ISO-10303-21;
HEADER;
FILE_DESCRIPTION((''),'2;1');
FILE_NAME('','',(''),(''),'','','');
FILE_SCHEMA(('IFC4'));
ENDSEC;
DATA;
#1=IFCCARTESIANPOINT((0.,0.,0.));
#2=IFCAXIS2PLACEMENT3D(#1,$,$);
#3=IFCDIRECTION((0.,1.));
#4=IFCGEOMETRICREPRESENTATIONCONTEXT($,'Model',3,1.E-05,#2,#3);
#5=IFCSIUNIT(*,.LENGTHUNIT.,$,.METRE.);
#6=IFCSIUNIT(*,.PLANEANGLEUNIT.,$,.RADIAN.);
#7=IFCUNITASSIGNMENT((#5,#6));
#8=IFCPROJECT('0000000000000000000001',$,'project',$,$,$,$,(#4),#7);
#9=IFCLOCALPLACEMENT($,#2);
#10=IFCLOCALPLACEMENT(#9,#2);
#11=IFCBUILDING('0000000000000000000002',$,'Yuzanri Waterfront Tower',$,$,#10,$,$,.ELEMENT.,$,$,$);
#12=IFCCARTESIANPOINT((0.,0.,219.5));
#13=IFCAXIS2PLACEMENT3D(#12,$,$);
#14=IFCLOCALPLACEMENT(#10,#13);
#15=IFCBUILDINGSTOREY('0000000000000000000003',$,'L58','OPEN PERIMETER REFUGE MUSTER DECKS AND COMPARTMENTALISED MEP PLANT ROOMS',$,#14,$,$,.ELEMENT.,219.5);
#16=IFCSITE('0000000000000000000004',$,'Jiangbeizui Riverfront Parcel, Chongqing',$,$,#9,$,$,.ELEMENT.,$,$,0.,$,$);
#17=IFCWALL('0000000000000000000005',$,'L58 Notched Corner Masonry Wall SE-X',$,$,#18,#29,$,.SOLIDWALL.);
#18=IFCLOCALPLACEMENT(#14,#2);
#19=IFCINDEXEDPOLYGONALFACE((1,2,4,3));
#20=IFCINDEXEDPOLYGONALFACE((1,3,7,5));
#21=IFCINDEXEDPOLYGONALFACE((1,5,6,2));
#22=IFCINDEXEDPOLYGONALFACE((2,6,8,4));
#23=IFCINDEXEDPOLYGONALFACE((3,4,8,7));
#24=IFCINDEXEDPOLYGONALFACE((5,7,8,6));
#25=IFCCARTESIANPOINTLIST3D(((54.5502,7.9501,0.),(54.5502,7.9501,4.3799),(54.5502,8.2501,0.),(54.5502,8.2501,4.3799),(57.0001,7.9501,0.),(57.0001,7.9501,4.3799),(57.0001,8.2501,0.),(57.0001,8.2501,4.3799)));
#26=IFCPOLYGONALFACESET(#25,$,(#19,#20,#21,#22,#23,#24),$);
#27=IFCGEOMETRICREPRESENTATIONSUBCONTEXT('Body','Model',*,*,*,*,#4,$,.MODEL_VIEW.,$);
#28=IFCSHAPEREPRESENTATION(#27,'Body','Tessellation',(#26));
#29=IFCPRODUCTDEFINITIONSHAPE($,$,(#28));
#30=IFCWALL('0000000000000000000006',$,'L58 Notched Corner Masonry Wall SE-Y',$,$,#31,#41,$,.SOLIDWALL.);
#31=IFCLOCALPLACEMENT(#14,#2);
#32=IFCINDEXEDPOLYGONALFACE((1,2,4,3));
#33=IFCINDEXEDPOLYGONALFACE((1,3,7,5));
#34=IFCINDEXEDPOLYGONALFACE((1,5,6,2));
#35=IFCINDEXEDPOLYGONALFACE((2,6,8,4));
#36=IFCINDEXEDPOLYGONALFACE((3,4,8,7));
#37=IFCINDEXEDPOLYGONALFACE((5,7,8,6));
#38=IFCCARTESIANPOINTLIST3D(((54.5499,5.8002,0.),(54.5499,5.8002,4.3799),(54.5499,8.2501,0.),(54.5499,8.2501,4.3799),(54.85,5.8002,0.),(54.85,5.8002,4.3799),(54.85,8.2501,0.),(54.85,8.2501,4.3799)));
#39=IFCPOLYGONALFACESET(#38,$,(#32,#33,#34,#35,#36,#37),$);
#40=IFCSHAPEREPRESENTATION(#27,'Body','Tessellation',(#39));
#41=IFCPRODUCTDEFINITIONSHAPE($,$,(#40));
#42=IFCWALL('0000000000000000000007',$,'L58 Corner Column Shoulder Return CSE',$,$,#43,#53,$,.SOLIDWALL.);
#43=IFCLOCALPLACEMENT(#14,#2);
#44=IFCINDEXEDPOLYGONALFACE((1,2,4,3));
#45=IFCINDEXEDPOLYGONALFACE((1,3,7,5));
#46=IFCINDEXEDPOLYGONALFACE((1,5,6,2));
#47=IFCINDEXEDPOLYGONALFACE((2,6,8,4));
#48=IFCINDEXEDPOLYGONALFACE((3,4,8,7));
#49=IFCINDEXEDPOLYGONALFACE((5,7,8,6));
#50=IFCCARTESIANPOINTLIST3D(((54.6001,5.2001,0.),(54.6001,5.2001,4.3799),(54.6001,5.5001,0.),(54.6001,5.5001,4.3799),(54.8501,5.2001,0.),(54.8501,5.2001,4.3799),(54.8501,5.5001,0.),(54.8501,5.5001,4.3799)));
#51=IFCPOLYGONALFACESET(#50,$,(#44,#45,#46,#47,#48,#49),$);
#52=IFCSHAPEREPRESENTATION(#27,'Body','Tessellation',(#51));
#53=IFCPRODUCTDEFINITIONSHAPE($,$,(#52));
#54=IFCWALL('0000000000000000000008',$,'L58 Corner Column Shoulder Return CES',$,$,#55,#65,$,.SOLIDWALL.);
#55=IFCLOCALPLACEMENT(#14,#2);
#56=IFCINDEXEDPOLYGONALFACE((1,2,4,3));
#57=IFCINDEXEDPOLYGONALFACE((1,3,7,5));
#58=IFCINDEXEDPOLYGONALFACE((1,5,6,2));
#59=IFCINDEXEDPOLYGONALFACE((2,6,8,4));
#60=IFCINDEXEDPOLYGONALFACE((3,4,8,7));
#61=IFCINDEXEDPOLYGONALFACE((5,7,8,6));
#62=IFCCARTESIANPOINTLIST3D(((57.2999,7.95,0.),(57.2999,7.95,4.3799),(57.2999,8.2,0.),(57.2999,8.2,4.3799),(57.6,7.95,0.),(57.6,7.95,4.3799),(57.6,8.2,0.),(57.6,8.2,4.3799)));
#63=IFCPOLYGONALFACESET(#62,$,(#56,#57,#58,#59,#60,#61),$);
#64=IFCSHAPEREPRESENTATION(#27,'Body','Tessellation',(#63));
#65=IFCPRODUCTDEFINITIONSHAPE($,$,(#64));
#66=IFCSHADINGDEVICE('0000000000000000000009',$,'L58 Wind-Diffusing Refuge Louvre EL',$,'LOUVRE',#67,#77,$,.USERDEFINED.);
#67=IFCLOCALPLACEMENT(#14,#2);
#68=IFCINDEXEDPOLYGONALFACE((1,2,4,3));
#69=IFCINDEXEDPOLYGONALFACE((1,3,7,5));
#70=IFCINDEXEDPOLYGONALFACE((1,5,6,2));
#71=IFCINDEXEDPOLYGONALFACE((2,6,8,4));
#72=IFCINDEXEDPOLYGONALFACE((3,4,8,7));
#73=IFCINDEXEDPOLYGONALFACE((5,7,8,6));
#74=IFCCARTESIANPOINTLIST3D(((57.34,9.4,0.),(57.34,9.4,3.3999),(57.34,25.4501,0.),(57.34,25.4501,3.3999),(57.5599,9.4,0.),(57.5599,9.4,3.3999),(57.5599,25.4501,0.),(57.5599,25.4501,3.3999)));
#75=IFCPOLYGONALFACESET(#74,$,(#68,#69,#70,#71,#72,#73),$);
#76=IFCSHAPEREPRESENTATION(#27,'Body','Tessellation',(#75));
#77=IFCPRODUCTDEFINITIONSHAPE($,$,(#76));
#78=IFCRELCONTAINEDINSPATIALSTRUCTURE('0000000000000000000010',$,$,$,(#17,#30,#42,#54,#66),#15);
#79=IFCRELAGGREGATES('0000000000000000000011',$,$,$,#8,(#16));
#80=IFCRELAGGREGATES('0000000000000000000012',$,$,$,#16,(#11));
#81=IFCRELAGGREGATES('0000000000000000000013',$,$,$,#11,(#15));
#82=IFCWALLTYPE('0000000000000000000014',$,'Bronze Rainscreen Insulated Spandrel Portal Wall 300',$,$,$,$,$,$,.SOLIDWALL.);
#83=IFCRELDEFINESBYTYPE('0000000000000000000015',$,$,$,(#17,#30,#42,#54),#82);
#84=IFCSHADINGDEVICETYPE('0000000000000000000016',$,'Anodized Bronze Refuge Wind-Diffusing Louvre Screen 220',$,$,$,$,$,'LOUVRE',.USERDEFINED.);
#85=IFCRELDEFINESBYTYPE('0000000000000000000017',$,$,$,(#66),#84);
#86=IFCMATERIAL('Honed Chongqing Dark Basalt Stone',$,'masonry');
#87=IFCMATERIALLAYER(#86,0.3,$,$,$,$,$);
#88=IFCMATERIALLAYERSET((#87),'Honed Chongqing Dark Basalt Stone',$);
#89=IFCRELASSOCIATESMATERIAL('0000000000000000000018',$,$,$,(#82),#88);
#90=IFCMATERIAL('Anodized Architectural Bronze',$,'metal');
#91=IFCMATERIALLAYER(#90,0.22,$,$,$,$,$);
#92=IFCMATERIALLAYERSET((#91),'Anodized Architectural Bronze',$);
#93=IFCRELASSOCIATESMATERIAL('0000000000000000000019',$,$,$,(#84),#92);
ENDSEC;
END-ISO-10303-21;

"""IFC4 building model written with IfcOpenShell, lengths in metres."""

from ifc_helpers import new_model, si_unit, direction, frame, frame_2d, origin, origin_2d, place, context, subcontext, project, spatial, rectangle, extrude, source, transform, mapped, material, layer, layer_set, type_object, element, save


model = new_model("IFC4")

# Units and contexts
model_context = context("Model", 3, precision=1e-05, world=origin(), true_north=direction((0.0, 1.0)))
body_context = subcontext(model_context, "Body", "Model", "MODEL_VIEW")
ifc_project = project(units=[si_unit("LENGTHUNIT", "METRE"), si_unit("PLANEANGLEUNIT", "RADIAN")], contexts=[model_context])

# Site, building, storey
site_placement = place(None, origin())
site = spatial("IfcSite", under=ifc_project, at=site_placement, Name="Jiangbeizui Riverfront Parcel, Chongqing", CompositionType="ELEMENT", RefElevation=0.0)
building_placement = place(site_placement, origin())
building = spatial("IfcBuilding", under=site, at=building_placement, Name="Yuzanri Waterfront Tower", CompositionType="ELEMENT")
storey_placement = place(building_placement, frame((0.0, 0.0, 219.5)))
storey = spatial("IfcBuildingStorey", under=building, at=storey_placement, Name="L58", Description="OPEN PERIMETER REFUGE MUSTER DECKS AND COMPARTMENTALISED MEP PLANT ROOMS", CompositionType="ELEMENT", Elevation=219.5)

# Walls
ifc_material_1 = material(Name="Honed Chongqing Dark Basalt Stone", Category="masonry")
ifc_layer_1 = layer(ifc_material_1, 0.3)
ifc_layer_set_1 = layer_set([ifc_layer_1], Name="Honed Chongqing Dark Basalt Stone")
wall_type_1 = type_object("IfcWallType", Name="Bronze Rainscreen Insulated Spandrel Portal Wall 300", PredefinedType="SOLIDWALL", material=ifc_layer_set_1)
shared_shape_1 = source(origin(), body_context, "Body", "SweptSolid", [
    extrude(rectangle(XDim=2.45, YDim=0.3, at=frame_2d((1.2251, 0.0))), origin(), (0.0, 0.0, 1.0), 4.3799),
])
for number, where, z_axis, x_axis, name in (
    (1, (54.55, 8.1001, 0.0), (0.0, 0.0, 1.0), (1.0, 0.0, 0.0), "L58 Notched Corner Masonry Wall SE-X"),
    (2, (54.7, 5.8, 0.0), (0.0, 0.0, 1.0), (0.0, 1.0, 0.0), "L58 Notched Corner Masonry Wall SE-Y"),
):
    element("IfcWall", number, at=place(storey_placement, frame(where, z_axis=z_axis, x_axis=x_axis)), inside=storey, type_object=wall_type_1, Name=name, PredefinedType="SOLIDWALL", context=body_context, shape_type="MappedRepresentation", body=[
        mapped(shared_shape_1, transform((0.0, 0.0, 0.0), scale=1.0)),
    ])
shared_shape_2 = source(origin(), body_context, "Body", "SweptSolid", [
    extrude(rectangle(XDim=0.25, YDim=0.3, at=frame_2d((0.125, 0.0))), origin(), (0.0, 0.0, 1.0), 4.3799),
])
for number, where, z_axis, x_axis, name in (
    (3, (54.6001, 5.3501, 0.0), (0.0, 0.0, 1.0), (1.0, 0.0, 0.0), "L58 Corner Column Shoulder Return CSE"),
    (4, (57.45, 7.95, 0.0), (0.0, 0.0, 1.0), (0.0, 1.0, 0.0), "L58 Corner Column Shoulder Return CES"),
):
    element("IfcWall", number, at=place(storey_placement, frame(where, z_axis=z_axis, x_axis=x_axis)), inside=storey, type_object=wall_type_1, Name=name, PredefinedType="SOLIDWALL", context=body_context, shape_type="MappedRepresentation", body=[
        mapped(shared_shape_2, transform((0.0, 0.0, 0.0), scale=1.0)),
    ])

# Shading device
ifc_material_2 = material(Name="Anodized Architectural Bronze", Category="metal")
ifc_layer_2 = layer(ifc_material_2, 0.22)
ifc_layer_set_2 = layer_set([ifc_layer_2], Name="Anodized Architectural Bronze")
shading_device_type = type_object("IfcShadingDeviceType", Name="Anodized Bronze Refuge Wind-Diffusing Louvre Screen 220", ElementType="LOUVRE", PredefinedType="USERDEFINED", material=ifc_layer_set_2)
shared_shape_3 = source(origin(), body_context, "Body", "SweptSolid", [
    extrude(rectangle(XDim=0.22, YDim=16.05, at=origin_2d()), origin(), (0.0, 0.0, 1.0), 3.3999),
])
shading_device_placement = place(storey_placement, frame((57.45, 17.425, 0.0), z_axis=(0.0, 0.0, 1.0), x_axis=(1.0, 0.0, 0.0)))
element("IfcShadingDevice", 5, at=shading_device_placement, inside=storey, type_object=shading_device_type, Name="L58 Wind-Diffusing Refuge Louvre EL", ObjectType="LOUVRE", PredefinedType="USERDEFINED", context=body_context, shape_type="MappedRepresentation", body=[
    mapped(shared_shape_3, transform((0.0, 0.0, 0.0), scale=1.0)),
])

save(model, "model.ifc")
